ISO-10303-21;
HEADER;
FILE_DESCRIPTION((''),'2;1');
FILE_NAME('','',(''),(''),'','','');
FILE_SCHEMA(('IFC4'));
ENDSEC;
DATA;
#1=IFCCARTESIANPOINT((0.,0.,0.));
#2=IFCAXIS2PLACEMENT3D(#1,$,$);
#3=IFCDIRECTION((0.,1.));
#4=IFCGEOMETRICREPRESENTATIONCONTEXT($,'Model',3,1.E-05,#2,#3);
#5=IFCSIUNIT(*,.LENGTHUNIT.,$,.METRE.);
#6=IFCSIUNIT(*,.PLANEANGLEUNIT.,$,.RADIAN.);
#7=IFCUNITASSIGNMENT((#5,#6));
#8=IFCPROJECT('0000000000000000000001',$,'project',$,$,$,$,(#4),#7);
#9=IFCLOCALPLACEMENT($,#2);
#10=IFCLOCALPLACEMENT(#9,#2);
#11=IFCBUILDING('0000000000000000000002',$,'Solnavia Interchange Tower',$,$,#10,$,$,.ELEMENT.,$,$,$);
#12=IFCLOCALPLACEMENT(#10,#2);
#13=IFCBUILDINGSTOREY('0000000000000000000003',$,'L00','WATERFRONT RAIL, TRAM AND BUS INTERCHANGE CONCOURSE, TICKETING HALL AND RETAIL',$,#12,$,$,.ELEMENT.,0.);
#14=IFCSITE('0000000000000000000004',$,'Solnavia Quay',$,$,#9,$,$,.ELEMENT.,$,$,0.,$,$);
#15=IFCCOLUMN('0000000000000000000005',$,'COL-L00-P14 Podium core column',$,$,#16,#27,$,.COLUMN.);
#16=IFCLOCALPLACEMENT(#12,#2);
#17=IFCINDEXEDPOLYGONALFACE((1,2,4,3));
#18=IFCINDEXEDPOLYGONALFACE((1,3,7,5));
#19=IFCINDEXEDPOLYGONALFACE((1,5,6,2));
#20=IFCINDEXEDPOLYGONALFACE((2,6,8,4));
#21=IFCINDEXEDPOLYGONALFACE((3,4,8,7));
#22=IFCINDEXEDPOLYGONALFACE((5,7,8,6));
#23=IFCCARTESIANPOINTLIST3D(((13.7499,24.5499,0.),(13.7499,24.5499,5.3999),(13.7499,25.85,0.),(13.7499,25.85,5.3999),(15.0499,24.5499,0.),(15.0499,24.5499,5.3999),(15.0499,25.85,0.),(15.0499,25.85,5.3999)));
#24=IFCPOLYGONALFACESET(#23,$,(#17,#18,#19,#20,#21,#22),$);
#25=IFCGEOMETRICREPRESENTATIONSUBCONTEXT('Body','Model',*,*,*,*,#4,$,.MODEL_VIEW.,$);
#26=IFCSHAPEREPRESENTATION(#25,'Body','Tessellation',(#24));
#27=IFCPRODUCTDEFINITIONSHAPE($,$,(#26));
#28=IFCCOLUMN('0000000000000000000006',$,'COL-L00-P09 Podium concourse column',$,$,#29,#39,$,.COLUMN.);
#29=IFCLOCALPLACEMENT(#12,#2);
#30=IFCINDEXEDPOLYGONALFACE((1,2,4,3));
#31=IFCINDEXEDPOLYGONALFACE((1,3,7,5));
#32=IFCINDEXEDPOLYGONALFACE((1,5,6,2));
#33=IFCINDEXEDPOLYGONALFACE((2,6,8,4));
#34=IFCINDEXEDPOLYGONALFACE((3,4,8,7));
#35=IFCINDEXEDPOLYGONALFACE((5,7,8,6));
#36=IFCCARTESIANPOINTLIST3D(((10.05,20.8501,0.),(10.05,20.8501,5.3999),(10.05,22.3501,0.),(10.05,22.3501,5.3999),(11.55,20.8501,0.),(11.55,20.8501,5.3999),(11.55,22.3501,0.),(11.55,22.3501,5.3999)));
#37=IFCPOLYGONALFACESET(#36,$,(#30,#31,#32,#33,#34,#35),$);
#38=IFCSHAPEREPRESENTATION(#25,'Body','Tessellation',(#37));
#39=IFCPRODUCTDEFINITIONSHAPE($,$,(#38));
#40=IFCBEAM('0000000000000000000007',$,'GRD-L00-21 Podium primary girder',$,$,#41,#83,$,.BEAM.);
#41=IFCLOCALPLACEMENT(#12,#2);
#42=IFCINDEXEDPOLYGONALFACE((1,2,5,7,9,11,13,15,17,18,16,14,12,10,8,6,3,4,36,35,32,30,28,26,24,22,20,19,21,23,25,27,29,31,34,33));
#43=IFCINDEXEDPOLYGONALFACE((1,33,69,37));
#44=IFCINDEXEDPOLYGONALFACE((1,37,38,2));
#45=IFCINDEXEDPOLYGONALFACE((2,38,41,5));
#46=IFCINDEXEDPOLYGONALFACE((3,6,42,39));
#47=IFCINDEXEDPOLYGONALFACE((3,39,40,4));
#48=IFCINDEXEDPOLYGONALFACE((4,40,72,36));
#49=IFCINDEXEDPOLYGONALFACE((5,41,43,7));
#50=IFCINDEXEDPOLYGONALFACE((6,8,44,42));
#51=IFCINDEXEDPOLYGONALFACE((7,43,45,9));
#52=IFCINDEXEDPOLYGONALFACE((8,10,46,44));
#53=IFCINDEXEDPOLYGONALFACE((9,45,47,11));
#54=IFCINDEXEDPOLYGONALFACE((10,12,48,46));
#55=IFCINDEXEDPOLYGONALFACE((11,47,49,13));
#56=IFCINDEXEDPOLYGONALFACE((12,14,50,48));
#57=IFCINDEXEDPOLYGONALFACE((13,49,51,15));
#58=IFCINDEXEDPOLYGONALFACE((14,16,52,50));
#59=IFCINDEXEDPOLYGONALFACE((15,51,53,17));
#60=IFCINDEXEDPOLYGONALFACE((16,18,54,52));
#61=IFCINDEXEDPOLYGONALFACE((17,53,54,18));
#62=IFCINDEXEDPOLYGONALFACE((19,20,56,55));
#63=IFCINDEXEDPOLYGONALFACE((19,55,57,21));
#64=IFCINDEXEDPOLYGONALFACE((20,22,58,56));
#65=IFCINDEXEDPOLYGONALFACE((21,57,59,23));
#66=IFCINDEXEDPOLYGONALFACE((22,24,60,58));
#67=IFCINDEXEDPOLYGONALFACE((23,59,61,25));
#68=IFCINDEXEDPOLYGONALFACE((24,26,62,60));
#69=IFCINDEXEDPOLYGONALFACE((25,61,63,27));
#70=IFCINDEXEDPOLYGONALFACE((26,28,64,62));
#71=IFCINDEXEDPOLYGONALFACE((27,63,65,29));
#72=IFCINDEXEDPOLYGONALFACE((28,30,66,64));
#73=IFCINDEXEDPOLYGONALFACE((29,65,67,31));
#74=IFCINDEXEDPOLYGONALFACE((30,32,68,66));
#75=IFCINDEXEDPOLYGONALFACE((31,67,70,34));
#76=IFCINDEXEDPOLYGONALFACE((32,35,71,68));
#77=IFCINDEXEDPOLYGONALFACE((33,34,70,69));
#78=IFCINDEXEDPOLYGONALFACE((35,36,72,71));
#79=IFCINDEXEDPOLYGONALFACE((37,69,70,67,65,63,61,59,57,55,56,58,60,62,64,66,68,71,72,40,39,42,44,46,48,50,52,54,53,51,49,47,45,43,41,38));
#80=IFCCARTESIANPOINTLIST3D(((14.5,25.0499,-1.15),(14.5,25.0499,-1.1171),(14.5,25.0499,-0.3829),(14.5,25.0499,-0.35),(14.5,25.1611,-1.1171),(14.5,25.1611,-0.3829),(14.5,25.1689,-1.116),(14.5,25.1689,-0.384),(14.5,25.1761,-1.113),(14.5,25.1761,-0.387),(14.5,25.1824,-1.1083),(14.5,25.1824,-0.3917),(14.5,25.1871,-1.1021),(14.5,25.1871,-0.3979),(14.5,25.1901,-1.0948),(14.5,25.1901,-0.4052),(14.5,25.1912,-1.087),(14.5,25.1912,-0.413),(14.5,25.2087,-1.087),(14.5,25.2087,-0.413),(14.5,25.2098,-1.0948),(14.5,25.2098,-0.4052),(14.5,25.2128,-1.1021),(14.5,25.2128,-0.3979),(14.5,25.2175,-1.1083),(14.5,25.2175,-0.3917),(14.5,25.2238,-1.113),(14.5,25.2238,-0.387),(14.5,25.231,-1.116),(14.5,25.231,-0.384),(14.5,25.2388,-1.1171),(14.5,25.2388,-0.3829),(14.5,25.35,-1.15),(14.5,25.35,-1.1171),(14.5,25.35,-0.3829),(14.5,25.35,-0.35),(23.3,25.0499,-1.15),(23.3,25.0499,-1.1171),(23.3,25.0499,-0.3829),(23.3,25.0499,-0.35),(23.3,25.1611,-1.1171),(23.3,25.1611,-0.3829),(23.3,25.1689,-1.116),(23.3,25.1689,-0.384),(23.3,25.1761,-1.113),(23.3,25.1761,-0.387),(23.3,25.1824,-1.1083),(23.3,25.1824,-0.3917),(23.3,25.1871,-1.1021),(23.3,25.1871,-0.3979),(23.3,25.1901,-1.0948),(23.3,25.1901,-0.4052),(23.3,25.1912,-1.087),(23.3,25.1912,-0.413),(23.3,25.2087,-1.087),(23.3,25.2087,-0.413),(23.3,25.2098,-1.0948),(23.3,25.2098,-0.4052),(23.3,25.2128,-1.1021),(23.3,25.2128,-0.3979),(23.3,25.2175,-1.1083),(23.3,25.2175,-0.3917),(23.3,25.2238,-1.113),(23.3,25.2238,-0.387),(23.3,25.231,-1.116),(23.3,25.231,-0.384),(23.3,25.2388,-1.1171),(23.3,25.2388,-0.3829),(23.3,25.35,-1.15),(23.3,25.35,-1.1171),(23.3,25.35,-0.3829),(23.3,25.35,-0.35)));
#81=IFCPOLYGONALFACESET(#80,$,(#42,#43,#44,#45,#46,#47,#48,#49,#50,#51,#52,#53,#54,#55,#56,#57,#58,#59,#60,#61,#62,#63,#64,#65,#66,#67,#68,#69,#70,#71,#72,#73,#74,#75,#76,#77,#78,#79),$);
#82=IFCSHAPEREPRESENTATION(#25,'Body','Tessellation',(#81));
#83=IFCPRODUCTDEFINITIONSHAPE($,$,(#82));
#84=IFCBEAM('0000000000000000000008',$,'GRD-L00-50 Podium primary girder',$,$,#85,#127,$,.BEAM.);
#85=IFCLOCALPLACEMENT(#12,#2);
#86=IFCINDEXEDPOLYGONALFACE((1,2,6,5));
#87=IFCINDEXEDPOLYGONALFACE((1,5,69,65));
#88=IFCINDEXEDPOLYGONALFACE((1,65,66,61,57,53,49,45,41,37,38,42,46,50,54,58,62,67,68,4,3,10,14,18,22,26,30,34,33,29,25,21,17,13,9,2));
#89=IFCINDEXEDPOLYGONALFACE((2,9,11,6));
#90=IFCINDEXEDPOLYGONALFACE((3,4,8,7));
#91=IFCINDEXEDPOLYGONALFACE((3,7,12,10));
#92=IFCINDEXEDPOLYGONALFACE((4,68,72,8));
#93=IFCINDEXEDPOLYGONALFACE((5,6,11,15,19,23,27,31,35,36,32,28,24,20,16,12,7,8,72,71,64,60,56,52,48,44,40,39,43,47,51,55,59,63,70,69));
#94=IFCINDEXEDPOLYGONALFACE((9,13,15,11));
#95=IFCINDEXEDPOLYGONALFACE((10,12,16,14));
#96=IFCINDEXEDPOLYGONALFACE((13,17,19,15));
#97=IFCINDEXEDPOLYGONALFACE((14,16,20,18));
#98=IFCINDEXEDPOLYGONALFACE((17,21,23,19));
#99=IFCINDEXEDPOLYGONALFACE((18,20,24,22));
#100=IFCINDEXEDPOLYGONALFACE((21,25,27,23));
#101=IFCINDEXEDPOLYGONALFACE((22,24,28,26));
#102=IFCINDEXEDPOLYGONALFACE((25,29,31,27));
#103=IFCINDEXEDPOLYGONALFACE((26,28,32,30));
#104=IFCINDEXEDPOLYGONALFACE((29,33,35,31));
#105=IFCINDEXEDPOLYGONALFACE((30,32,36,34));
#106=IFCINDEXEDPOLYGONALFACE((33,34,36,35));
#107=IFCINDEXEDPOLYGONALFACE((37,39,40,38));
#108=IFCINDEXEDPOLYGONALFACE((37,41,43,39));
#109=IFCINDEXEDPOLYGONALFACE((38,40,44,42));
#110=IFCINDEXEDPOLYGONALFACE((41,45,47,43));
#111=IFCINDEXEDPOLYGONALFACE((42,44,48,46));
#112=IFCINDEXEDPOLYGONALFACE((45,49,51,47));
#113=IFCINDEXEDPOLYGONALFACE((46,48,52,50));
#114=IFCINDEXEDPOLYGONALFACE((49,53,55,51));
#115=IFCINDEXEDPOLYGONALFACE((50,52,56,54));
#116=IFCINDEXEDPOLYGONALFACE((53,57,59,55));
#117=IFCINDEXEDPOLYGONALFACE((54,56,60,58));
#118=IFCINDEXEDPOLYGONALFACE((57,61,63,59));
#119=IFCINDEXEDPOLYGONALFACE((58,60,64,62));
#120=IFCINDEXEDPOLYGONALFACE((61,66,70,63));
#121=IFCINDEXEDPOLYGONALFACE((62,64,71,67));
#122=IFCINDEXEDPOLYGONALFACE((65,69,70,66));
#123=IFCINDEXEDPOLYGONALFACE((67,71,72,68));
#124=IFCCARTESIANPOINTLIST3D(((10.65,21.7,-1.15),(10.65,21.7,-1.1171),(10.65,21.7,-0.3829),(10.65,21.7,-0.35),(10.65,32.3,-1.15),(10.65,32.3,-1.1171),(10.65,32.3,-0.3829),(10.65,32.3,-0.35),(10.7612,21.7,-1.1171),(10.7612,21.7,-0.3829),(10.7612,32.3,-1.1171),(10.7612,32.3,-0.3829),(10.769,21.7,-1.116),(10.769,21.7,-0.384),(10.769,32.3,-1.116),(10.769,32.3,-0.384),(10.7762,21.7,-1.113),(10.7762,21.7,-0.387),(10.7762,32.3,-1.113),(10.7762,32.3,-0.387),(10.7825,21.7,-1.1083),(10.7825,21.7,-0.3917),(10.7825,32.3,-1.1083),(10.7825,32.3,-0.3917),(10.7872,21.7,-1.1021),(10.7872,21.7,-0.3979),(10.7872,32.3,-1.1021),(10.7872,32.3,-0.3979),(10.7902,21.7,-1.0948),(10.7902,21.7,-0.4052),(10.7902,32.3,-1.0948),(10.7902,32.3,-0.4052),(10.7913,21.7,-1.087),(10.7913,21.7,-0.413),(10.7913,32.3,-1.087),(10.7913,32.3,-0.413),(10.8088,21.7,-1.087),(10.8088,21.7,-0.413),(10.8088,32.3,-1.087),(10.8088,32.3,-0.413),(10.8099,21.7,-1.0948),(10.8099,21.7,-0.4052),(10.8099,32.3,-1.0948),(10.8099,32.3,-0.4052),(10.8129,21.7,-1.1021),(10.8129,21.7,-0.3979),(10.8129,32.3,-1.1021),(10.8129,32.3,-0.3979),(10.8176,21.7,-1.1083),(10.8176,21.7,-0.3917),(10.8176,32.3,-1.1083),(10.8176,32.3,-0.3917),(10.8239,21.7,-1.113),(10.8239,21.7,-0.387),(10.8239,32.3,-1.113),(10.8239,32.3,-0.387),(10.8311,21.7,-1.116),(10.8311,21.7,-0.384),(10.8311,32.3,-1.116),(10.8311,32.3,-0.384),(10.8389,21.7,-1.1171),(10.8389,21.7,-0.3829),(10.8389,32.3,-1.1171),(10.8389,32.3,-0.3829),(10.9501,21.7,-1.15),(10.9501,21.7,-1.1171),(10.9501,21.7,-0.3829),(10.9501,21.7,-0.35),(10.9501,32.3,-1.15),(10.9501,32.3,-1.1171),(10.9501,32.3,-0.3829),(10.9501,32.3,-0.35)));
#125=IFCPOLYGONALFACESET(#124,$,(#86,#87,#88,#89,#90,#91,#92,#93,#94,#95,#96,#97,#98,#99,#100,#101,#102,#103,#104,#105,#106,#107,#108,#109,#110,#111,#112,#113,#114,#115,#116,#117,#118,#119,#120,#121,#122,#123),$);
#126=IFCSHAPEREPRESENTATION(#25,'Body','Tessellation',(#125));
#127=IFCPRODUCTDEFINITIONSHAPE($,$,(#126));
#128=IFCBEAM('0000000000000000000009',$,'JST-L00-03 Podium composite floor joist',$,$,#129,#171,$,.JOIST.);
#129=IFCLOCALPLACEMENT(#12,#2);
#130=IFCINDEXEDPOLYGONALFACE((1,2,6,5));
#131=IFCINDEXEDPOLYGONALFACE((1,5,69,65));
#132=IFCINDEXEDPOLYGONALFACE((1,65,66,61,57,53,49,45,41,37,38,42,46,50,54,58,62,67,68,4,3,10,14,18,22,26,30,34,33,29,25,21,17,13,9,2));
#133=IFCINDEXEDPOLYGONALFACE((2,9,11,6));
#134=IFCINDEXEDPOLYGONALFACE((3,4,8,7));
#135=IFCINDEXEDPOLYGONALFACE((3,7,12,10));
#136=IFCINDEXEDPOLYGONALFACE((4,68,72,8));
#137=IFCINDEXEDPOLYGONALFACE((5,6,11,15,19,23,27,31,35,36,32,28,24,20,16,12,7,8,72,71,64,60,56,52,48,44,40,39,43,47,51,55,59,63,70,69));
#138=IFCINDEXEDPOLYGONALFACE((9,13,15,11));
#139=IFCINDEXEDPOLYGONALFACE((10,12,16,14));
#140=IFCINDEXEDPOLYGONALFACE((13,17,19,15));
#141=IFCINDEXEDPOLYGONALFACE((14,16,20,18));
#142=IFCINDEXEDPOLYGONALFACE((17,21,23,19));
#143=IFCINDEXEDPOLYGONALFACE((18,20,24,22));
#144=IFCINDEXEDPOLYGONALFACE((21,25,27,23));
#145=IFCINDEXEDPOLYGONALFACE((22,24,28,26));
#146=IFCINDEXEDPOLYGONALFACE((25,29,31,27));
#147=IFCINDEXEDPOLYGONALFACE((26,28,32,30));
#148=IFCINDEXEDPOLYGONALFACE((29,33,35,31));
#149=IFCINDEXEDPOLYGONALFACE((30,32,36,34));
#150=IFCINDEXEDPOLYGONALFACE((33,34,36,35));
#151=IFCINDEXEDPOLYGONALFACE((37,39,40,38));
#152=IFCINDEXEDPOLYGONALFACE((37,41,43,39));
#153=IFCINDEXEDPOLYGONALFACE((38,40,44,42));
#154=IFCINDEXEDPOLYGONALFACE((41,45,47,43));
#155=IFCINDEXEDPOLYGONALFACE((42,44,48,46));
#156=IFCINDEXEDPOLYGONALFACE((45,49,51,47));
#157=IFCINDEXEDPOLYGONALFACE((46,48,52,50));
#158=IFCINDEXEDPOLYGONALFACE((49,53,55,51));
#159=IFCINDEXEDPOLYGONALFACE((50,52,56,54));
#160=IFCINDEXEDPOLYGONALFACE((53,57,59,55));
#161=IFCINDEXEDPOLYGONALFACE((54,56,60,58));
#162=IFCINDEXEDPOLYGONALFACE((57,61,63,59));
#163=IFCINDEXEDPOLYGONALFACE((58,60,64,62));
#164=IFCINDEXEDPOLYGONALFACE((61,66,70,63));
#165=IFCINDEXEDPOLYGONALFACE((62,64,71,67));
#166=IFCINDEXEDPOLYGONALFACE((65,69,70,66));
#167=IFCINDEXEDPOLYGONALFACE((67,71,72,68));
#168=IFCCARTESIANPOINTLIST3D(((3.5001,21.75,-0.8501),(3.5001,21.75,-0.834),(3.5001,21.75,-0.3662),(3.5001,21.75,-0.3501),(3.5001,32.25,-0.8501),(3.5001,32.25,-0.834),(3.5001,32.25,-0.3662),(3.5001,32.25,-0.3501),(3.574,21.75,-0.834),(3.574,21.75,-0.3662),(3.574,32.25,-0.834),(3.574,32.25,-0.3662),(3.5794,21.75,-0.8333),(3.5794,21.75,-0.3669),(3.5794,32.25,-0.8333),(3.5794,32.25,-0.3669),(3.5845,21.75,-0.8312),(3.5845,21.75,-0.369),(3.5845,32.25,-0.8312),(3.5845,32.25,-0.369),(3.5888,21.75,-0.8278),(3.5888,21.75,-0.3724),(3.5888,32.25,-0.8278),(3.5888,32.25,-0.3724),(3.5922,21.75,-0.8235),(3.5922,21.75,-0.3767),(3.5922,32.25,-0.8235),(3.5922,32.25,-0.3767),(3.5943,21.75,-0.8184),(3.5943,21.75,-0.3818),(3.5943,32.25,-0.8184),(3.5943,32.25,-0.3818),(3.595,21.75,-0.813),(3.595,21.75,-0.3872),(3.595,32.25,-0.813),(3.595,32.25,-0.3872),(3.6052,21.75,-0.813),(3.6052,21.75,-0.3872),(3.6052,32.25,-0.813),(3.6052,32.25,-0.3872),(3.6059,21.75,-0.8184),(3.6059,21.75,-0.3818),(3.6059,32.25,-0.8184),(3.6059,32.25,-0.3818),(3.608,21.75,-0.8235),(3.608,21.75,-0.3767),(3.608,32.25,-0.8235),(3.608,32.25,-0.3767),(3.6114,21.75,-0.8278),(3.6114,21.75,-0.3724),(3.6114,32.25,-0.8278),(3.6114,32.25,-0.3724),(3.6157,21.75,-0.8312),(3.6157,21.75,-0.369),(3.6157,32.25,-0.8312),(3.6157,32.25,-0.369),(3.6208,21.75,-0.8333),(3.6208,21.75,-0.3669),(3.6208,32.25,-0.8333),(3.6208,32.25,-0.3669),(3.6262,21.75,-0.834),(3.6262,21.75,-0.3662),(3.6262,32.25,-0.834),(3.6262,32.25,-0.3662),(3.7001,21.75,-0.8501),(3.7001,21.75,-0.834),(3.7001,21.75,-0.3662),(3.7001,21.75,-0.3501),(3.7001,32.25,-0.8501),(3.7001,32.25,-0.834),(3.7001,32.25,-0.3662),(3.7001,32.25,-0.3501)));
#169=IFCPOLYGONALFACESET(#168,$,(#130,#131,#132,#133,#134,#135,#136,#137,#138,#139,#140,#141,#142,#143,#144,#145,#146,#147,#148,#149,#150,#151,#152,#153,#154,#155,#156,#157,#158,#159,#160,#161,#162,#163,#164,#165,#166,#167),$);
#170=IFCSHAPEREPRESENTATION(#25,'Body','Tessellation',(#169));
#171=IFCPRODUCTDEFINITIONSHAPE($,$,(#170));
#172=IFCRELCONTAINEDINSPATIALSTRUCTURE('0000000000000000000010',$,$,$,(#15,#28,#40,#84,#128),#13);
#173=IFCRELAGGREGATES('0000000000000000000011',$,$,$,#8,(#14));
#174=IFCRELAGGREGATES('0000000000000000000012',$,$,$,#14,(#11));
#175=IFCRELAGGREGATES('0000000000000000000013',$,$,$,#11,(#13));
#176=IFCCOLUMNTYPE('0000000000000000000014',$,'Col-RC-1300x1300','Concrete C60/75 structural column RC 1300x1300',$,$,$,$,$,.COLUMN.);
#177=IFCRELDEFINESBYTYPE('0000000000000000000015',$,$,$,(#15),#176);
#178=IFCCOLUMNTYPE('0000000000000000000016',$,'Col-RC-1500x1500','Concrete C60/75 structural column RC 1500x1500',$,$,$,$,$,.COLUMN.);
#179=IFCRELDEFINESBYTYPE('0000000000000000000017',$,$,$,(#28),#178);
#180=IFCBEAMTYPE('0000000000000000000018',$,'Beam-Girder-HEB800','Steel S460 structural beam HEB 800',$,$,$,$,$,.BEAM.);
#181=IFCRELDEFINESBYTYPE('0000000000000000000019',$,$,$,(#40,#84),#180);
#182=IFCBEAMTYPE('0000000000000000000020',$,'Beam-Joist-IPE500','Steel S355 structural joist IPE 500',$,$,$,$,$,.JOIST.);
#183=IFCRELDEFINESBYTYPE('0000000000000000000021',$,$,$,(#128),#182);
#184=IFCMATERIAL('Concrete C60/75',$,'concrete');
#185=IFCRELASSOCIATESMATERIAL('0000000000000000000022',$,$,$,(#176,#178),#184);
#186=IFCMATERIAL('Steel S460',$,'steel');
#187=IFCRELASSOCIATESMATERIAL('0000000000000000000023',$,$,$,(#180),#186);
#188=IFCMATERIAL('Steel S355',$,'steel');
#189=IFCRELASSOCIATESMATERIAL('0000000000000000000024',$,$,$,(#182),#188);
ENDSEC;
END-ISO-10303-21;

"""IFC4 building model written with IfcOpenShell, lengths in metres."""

from ifc_helpers import new_model, si_unit, direction, frame, origin, origin_2d, place, context, subcontext, project, spatial, rectangle, i_section, extrude, material, material_profile, profile_set, type_object, element, save


model = new_model("IFC4")

# Units and contexts
model_context = context("Model", 3, precision=1e-05, world=origin(), true_north=direction((0.0, 1.0)))
body_context = subcontext(model_context, "Body", "Model", "MODEL_VIEW")
ifc_project = project(units=[si_unit("LENGTHUNIT", "METRE"), si_unit("PLANEANGLEUNIT", "RADIAN")], contexts=[model_context])

# Site, building, storey
site_placement = place(None, origin())
site = spatial("IfcSite", under=ifc_project, at=site_placement, Name="Solnavia Quay", CompositionType="ELEMENT", RefElevation=0.0)
building_placement = place(site_placement, origin())
building = spatial("IfcBuilding", under=site, at=building_placement, Name="Solnavia Interchange Tower", CompositionType="ELEMENT")
storey_placement = place(building_placement, origin())
storey = spatial("IfcBuildingStorey", under=building, at=storey_placement, Name="L00", Description="WATERFRONT RAIL, TRAM AND BUS INTERCHANGE CONCOURSE, TICKETING HALL AND RETAIL", CompositionType="ELEMENT", Elevation=0.0)

# Columns
ifc_material_1 = material(Name="Concrete C60/75", Category="concrete")
ifc_material_profile_1 = material_profile(ifc_material_1, rectangle(XDim=1.3, YDim=1.3, at=origin_2d()), Name="RC 1300x1300")
ifc_profile_set_1 = profile_set([ifc_material_profile_1], Name="Concrete C60/75")
column_type_1 = type_object("IfcColumnType", Name="Col-RC-1300x1300", Description="Concrete C60/75 structural column RC 1300x1300", PredefinedType="COLUMN", material=ifc_profile_set_1)
column_1_placement = place(storey_placement, frame((14.3999, 25.2, 0.0), z_axis=(0.0, 0.0, 1.0), x_axis=(1.0, 0.0, 0.0)))
element("IfcColumn", 1, at=column_1_placement, inside=storey, type_object=column_type_1, Name="COL-L00-P14 Podium core column", PredefinedType="COLUMN", context=body_context, shape_type="SweptSolid", body=[
    extrude(rectangle(XDim=1.3, YDim=1.3, at=origin_2d()), origin(), (0.0, 0.0, 1.0), 5.3999),
])
ifc_material_profile_2 = material_profile(ifc_material_1, rectangle(XDim=1.5, YDim=1.5, at=origin_2d()), Name="RC 1500x1500")
ifc_profile_set_2 = profile_set([ifc_material_profile_2], Name="Concrete C60/75")
column_type_2 = type_object("IfcColumnType", Name="Col-RC-1500x1500", Description="Concrete C60/75 structural column RC 1500x1500", PredefinedType="COLUMN", material=ifc_profile_set_2)
column_2_placement = place(storey_placement, frame((10.8, 21.6001, 0.0), z_axis=(0.0, 0.0, 1.0), x_axis=(1.0, 0.0, 0.0)))
element("IfcColumn", 2, at=column_2_placement, inside=storey, type_object=column_type_2, Name="COL-L00-P09 Podium concourse column", PredefinedType="COLUMN", context=body_context, shape_type="SweptSolid", body=[
    extrude(rectangle(XDim=1.5, YDim=1.5, at=origin_2d()), origin(), (0.0, 0.0, 1.0), 5.3999),
])

# Beams
ifc_material_2 = material(Name="Steel S460", Category="steel")
ifc_material_profile_3 = material_profile(ifc_material_2, i_section(OverallWidth=0.3, OverallDepth=0.8, WebThickness=0.0176, FlangeThickness=0.033, FilletRadius=0.03, at=origin_2d()), Name="HEB 800")
ifc_profile_set_3 = profile_set([ifc_material_profile_3], Name="Steel S460")
beam_type_1 = type_object("IfcBeamType", Name="Beam-Girder-HEB800", Description="Steel S460 structural beam HEB 800", PredefinedType="BEAM", material=ifc_profile_set_3)
beam_1_placement = place(storey_placement, frame((14.5, 25.2, -0.75), z_axis=(1.0, 0.0, 0.0), x_axis=(0.0, 1.0, 0.0)))
element("IfcBeam", 3, at=beam_1_placement, inside=storey, type_object=beam_type_1, Name="GRD-L00-21 Podium primary girder", PredefinedType="BEAM", context=body_context, shape_type="SweptSolid", body=[
    extrude(i_section(OverallWidth=0.3, OverallDepth=0.8, WebThickness=0.0176, FlangeThickness=0.033, FilletRadius=0.03, at=origin_2d()), origin(), (0.0, 0.0, 1.0), 8.8),
])
beam_2_placement = place(storey_placement, frame((10.8, 21.7, -0.75), z_axis=(0.0, 1.0, 0.0), x_axis=(-1.0, 0.0, 0.0)))
element("IfcBeam", 4, at=beam_2_placement, inside=storey, type_object=beam_type_1, Name="GRD-L00-50 Podium primary girder", PredefinedType="BEAM", context=body_context, shape_type="SweptSolid", body=[
    extrude(i_section(OverallWidth=0.3, OverallDepth=0.8, WebThickness=0.0176, FlangeThickness=0.033, FilletRadius=0.03, at=origin_2d()), origin(), (0.0, 0.0, 1.0), 10.6001),
])
ifc_material_3 = material(Name="Steel S355", Category="steel")
ifc_material_profile_4 = material_profile(ifc_material_3, i_section(OverallWidth=0.2, OverallDepth=0.5, WebThickness=0.0103, FlangeThickness=0.0161, FilletRadius=0.021, at=origin_2d()), Name="IPE 500")
ifc_profile_set_4 = profile_set([ifc_material_profile_4], Name="Steel S355")
beam_type_2 = type_object("IfcBeamType", Name="Beam-Joist-IPE500", Description="Steel S355 structural joist IPE 500", PredefinedType="JOIST", material=ifc_profile_set_4)
for number, where, z_axis, x_axis, name in (
    (5, (3.6001, 21.75, -0.6001), (0.0, 1.0, 0.0), (-1.0, 0.0, 0.0), "JST-L00-03 Podium composite floor joist"),
):
    element("IfcBeam", number, at=place(storey_placement, frame(where, z_axis=z_axis, x_axis=x_axis)), inside=storey, type_object=beam_type_2, Name=name, PredefinedType="JOIST", context=body_context, shape_type="SweptSolid", body=[
        extrude(i_section(OverallWidth=0.2, OverallDepth=0.5, WebThickness=0.0103, FlangeThickness=0.0161, FilletRadius=0.021, at=origin_2d()), origin(), (0.0, 0.0, 1.0), 10.5),
    ])

save(model, "model.ifc")
